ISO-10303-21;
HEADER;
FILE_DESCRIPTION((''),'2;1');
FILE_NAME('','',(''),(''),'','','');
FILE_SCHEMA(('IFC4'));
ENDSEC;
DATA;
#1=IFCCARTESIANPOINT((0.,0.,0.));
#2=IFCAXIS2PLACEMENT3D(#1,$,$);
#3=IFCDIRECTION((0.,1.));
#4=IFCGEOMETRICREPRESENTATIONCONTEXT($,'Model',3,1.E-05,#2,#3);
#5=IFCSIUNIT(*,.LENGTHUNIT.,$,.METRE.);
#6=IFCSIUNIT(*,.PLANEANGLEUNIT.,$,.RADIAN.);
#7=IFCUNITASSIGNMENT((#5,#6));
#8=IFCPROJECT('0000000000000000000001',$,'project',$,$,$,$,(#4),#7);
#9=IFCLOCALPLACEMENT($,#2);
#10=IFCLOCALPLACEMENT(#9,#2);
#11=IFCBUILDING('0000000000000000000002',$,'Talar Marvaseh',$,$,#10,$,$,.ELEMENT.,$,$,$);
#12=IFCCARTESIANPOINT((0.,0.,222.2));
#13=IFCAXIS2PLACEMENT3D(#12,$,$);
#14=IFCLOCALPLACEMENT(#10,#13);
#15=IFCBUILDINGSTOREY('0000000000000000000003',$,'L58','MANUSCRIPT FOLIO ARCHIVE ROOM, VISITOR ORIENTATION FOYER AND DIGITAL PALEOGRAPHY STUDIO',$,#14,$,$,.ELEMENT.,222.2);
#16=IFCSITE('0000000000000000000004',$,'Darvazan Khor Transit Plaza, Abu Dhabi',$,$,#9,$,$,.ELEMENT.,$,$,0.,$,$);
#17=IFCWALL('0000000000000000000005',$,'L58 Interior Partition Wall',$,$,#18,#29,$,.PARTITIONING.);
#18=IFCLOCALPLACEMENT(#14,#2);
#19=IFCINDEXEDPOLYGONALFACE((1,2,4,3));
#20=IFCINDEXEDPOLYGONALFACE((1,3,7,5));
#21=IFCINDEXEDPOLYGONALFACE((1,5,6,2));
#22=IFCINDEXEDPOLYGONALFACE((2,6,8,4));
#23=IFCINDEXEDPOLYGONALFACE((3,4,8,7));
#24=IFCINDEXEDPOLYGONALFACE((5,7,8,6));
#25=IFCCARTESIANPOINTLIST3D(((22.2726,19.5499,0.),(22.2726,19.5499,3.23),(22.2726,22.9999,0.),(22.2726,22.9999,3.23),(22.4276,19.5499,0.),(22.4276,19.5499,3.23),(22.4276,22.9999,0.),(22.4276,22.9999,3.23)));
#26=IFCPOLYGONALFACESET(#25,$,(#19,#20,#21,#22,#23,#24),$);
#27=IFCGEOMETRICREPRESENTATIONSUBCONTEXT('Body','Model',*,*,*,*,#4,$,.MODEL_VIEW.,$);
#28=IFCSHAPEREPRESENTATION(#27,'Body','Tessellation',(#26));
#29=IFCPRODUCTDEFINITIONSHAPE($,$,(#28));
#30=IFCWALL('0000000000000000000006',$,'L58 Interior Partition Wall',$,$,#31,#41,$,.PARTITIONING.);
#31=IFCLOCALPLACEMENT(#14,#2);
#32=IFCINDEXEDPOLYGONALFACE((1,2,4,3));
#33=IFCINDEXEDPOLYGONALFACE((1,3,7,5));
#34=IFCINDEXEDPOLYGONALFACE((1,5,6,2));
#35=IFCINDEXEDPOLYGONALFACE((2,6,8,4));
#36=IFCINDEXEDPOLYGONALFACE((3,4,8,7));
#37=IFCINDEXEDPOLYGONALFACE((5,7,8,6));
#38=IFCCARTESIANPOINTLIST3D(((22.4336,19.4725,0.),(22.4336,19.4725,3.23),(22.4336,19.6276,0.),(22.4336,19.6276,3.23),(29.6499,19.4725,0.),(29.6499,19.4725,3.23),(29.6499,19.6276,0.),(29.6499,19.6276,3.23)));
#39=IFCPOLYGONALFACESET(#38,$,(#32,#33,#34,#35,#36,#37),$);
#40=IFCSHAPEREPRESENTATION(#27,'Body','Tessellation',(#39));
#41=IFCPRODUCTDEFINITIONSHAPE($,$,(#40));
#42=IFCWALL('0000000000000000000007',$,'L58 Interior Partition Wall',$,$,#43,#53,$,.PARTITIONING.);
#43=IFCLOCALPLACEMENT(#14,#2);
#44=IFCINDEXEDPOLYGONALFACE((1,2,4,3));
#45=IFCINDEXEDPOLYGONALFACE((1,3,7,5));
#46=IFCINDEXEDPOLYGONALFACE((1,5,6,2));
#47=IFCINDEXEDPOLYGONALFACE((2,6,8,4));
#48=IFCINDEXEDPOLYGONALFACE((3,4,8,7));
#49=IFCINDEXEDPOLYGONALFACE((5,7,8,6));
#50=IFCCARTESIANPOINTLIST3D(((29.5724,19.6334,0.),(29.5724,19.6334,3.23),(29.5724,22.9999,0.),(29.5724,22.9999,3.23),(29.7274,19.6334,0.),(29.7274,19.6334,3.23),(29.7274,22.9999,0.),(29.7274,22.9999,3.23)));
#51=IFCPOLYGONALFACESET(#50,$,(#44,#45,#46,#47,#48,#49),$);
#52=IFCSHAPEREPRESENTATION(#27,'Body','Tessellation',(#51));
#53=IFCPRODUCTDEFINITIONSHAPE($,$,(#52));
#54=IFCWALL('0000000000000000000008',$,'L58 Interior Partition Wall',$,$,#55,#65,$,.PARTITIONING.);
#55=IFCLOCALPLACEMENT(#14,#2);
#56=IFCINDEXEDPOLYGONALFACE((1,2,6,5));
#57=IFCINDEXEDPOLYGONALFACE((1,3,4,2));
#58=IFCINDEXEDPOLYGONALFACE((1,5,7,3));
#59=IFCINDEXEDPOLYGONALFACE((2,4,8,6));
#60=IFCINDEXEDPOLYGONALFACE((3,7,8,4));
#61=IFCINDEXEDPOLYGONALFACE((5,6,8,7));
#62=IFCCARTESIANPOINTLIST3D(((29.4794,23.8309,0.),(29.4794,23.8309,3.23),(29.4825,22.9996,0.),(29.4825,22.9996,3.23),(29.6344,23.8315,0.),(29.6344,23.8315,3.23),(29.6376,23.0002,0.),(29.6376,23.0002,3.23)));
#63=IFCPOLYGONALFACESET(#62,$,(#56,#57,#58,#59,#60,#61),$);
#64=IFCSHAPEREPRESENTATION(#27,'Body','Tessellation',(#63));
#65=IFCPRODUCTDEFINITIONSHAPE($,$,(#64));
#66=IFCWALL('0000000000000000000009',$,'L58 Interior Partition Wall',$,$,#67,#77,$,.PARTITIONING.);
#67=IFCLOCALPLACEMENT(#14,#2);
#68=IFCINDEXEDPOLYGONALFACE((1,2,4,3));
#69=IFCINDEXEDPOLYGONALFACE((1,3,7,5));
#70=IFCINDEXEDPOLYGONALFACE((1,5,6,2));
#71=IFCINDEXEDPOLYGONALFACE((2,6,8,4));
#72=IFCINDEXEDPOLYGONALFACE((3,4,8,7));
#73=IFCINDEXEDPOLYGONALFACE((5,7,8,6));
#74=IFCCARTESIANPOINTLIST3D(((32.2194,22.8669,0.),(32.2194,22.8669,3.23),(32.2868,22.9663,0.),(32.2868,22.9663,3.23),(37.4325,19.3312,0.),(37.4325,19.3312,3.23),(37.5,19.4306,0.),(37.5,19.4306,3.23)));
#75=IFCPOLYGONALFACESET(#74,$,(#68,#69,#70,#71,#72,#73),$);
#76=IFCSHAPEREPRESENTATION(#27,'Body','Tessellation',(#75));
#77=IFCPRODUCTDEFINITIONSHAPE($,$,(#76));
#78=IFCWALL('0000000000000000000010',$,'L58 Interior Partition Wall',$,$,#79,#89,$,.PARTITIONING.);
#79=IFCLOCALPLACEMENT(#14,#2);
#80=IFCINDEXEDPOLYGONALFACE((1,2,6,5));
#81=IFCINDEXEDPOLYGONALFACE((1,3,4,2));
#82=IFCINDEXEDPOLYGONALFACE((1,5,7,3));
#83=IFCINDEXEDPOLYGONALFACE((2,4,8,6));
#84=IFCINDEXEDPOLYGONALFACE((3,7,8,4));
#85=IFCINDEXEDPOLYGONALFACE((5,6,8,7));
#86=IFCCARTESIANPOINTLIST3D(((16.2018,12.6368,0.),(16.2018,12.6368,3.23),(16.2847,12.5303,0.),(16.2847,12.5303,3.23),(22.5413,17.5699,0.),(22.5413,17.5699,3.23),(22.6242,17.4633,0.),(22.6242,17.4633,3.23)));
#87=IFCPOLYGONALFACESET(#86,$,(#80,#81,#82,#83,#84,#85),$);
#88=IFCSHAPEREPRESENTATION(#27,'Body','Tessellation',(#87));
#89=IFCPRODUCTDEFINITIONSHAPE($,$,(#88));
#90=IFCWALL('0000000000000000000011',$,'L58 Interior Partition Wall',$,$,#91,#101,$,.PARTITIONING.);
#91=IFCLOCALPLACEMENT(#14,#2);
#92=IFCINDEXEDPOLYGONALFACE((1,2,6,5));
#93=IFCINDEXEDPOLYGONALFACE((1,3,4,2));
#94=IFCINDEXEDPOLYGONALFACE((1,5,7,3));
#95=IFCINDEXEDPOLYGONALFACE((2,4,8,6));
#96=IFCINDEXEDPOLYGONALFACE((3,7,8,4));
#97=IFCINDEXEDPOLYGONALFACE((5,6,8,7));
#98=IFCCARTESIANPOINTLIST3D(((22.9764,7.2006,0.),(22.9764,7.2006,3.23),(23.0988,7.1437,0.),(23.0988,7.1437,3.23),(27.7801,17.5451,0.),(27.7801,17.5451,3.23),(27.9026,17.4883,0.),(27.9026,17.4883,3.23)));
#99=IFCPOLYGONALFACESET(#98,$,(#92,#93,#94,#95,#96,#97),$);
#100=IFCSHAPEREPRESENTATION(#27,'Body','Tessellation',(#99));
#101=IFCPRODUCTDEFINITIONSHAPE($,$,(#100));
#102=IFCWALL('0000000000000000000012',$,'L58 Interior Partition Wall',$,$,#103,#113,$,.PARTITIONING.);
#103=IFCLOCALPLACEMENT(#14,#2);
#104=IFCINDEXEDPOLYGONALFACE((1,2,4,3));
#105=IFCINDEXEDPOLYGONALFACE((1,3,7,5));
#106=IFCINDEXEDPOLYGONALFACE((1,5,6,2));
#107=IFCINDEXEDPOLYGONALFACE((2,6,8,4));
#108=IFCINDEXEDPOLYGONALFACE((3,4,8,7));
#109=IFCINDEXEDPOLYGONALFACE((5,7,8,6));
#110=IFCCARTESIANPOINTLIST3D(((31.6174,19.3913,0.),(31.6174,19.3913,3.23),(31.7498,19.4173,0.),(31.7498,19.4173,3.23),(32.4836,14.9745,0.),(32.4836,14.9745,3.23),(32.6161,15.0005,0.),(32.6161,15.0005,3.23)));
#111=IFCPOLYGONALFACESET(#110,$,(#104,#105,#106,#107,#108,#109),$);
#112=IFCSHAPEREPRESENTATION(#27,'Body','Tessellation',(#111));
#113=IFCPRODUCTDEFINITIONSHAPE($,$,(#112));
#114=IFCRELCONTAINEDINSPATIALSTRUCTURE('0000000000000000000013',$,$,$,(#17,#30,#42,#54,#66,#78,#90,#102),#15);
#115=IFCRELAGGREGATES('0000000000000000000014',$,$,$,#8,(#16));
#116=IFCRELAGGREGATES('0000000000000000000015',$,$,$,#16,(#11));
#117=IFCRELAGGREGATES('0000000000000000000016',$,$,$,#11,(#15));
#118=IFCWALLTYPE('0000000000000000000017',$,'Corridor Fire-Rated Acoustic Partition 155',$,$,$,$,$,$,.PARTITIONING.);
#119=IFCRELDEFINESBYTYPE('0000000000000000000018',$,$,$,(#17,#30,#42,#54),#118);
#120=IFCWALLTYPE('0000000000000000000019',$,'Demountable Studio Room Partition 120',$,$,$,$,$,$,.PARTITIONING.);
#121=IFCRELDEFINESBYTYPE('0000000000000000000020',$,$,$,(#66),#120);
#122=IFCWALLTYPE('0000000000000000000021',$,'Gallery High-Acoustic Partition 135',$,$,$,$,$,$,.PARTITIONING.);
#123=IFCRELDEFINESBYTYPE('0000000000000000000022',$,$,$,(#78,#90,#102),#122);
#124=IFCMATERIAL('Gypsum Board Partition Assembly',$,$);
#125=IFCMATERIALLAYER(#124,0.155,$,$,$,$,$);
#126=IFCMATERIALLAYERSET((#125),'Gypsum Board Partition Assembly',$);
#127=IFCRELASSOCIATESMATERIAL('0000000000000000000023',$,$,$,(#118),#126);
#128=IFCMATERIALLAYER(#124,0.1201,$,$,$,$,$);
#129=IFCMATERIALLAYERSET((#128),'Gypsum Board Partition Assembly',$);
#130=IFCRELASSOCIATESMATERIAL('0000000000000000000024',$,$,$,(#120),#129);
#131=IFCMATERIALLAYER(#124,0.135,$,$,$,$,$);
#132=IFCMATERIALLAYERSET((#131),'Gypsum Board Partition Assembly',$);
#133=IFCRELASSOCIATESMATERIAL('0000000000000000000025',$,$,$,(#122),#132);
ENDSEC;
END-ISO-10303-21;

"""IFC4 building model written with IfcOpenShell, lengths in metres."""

from ifc_helpers import new_model, si_unit, direction, frame, frame_2d, origin, place, context, subcontext, project, spatial, rectangle, extrude, material, layer, layer_set, type_object, element, save


model = new_model("IFC4")

# Units and contexts
model_context = context("Model", 3, precision=1e-05, world=origin(), true_north=direction((0.0, 1.0)))
body_context = subcontext(model_context, "Body", "Model", "MODEL_VIEW")
ifc_project = project(units=[si_unit("LENGTHUNIT", "METRE"), si_unit("PLANEANGLEUNIT", "RADIAN")], contexts=[model_context])

# Site, building, storey
site_placement = place(None, origin())
site = spatial("IfcSite", under=ifc_project, at=site_placement, Name="Darvazan Khor Transit Plaza, Abu Dhabi", CompositionType="ELEMENT", RefElevation=0.0)
building_placement = place(site_placement, origin())
building = spatial("IfcBuilding", under=site, at=building_placement, Name="Talar Marvaseh", CompositionType="ELEMENT")
storey_placement = place(building_placement, frame((0.0, 0.0, 222.2)))
storey = spatial("IfcBuildingStorey", under=building, at=storey_placement, Name="L58", Description="MANUSCRIPT FOLIO ARCHIVE ROOM, VISITOR ORIENTATION FOYER AND DIGITAL PALEOGRAPHY STUDIO", CompositionType="ELEMENT", Elevation=222.2)

# Shared definitions
ifc_material_1 = material(Name="Gypsum Board Partition Assembly")
ifc_layer_1 = layer(ifc_material_1, 0.155)
ifc_layer_set_1 = layer_set([ifc_layer_1], Name="Gypsum Board Partition Assembly")
wall_type_1 = type_object("IfcWallType", Name="Corridor Fire-Rated Acoustic Partition 155", PredefinedType="PARTITIONING", material=ifc_layer_set_1)

# Walls
wall_1_placement = place(storey_placement, frame((22.3501, 23.0, 0.0), z_axis=(0.0, 0.0, 1.0), x_axis=(0.0, -1.0, 0.0)))
element("IfcWall", 1, at=wall_1_placement, inside=storey, type_object=wall_type_1, Name="L58 Interior Partition Wall", PredefinedType="PARTITIONING", context=body_context, shape_type="SweptSolid", body=[
    extrude(rectangle(XDim=3.45, YDim=0.155, at=frame_2d((1.7251, 0.0))), origin(), (0.0, 0.0, 1.0), 3.23),
])
wall_2_placement = place(storey_placement, frame((22.4336, 19.55, 0.0), z_axis=(0.0, 0.0, 1.0), x_axis=(1.0, 0.0, 0.0)))
element("IfcWall", 2, at=wall_2_placement, inside=storey, type_object=wall_type_1, Name="L58 Interior Partition Wall", PredefinedType="PARTITIONING", context=body_context, shape_type="SweptSolid", body=[
    extrude(rectangle(XDim=7.2163, YDim=0.155, at=frame_2d((3.6082, 0.0))), origin(), (0.0, 0.0, 1.0), 3.23),
])
wall_3_placement = place(storey_placement, frame((29.6499, 19.6335, 0.0), z_axis=(0.0, 0.0, 1.0), x_axis=(0.0, 1.0, 0.0)))
element("IfcWall", 3, at=wall_3_placement, inside=storey, type_object=wall_type_1, Name="L58 Interior Partition Wall", PredefinedType="PARTITIONING", context=body_context, shape_type="SweptSolid", body=[
    extrude(rectangle(XDim=3.3665, YDim=0.155, at=frame_2d((1.6831, 0.0))), origin(), (0.0, 0.0, 1.0), 3.23),
])
wall_4_placement = place(storey_placement, frame((29.5601, 23.0, 0.0), z_axis=(0.0, 0.0, 1.0), x_axis=(-0.003818, 0.999993, 0.0)))
element("IfcWall", 4, at=wall_4_placement, inside=storey, type_object=wall_type_1, Name="L58 Interior Partition Wall", PredefinedType="PARTITIONING", context=body_context, shape_type="SweptSolid", body=[
    extrude(rectangle(XDim=0.8313, YDim=0.155, at=frame_2d((0.4155, 0.0))), origin(), (0.0, 0.0, 1.0), 3.23),
])
ifc_layer_2 = layer(ifc_material_1, 0.1201)
ifc_layer_set_2 = layer_set([ifc_layer_2], Name="Gypsum Board Partition Assembly")
wall_type_2 = type_object("IfcWallType", Name="Demountable Studio Room Partition 120", PredefinedType="PARTITIONING", material=ifc_layer_set_2)
wall_5_placement = place(storey_placement, frame((32.2532, 22.9165, 0.0), z_axis=(0.0, 0.0, 1.0), x_axis=(0.827611, -0.561301, 0.0)))
element("IfcWall", 5, at=wall_5_placement, inside=storey, type_object=wall_type_2, Name="L58 Interior Partition Wall", PredefinedType="PARTITIONING", context=body_context, shape_type="SweptSolid", body=[
    extrude(rectangle(XDim=6.2991, YDim=0.1201, at=frame_2d((3.1494, 0.0))), origin(), (0.0, 0.0, 1.0), 3.23),
])
ifc_layer_3 = layer(ifc_material_1, 0.135)
ifc_layer_set_3 = layer_set([ifc_layer_3], Name="Gypsum Board Partition Assembly")
wall_type_3 = type_object("IfcWallType", Name="Gallery High-Acoustic Partition 135", PredefinedType="PARTITIONING", material=ifc_layer_set_3)
wall_6_placement = place(storey_placement, frame((22.5828, 17.5166, 0.0), z_axis=(0.0, 0.0, 1.0), x_axis=(-0.789213, -0.614119, 0.0)))
element("IfcWall", 6, at=wall_6_placement, inside=storey, type_object=wall_type_3, Name="L58 Interior Partition Wall", PredefinedType="PARTITIONING", context=body_context, shape_type="SweptSolid", body=[
    extrude(rectangle(XDim=8.0327, YDim=0.135, at=frame_2d((4.0164, 0.0))), origin(), (0.0, 0.0, 1.0), 3.23),
])
wall_7_placement = place(storey_placement, frame((27.8413, 17.5166, 0.0), z_axis=(0.0, 0.0, 1.0), x_axis=(-0.421177, -0.906978, 0.0)))
element("IfcWall", 7, at=wall_7_placement, inside=storey, type_object=wall_type_3, Name="L58 Interior Partition Wall", PredefinedType="PARTITIONING", context=body_context, shape_type="SweptSolid", body=[
    extrude(rectangle(XDim=11.4055, YDim=0.135, at=frame_2d((5.7026, 0.0))), origin(), (0.0, 0.0, 1.0), 3.23),
])
wall_8_placement = place(storey_placement, frame((31.6836, 19.4043, 0.0), z_axis=(0.0, 0.0, 1.0), x_axis=(0.192453, -0.981306, 0.0)))
element("IfcWall", 8, at=wall_8_placement, inside=storey, type_object=wall_type_3, Name="L58 Interior Partition Wall", PredefinedType="PARTITIONING", context=body_context, shape_type="SweptSolid", body=[
    extrude(rectangle(XDim=4.501, YDim=0.135, at=frame_2d((2.2505, 0.0))), origin(), (0.0, 0.0, 1.0), 3.23),
])

save(model, "model.ifc")
